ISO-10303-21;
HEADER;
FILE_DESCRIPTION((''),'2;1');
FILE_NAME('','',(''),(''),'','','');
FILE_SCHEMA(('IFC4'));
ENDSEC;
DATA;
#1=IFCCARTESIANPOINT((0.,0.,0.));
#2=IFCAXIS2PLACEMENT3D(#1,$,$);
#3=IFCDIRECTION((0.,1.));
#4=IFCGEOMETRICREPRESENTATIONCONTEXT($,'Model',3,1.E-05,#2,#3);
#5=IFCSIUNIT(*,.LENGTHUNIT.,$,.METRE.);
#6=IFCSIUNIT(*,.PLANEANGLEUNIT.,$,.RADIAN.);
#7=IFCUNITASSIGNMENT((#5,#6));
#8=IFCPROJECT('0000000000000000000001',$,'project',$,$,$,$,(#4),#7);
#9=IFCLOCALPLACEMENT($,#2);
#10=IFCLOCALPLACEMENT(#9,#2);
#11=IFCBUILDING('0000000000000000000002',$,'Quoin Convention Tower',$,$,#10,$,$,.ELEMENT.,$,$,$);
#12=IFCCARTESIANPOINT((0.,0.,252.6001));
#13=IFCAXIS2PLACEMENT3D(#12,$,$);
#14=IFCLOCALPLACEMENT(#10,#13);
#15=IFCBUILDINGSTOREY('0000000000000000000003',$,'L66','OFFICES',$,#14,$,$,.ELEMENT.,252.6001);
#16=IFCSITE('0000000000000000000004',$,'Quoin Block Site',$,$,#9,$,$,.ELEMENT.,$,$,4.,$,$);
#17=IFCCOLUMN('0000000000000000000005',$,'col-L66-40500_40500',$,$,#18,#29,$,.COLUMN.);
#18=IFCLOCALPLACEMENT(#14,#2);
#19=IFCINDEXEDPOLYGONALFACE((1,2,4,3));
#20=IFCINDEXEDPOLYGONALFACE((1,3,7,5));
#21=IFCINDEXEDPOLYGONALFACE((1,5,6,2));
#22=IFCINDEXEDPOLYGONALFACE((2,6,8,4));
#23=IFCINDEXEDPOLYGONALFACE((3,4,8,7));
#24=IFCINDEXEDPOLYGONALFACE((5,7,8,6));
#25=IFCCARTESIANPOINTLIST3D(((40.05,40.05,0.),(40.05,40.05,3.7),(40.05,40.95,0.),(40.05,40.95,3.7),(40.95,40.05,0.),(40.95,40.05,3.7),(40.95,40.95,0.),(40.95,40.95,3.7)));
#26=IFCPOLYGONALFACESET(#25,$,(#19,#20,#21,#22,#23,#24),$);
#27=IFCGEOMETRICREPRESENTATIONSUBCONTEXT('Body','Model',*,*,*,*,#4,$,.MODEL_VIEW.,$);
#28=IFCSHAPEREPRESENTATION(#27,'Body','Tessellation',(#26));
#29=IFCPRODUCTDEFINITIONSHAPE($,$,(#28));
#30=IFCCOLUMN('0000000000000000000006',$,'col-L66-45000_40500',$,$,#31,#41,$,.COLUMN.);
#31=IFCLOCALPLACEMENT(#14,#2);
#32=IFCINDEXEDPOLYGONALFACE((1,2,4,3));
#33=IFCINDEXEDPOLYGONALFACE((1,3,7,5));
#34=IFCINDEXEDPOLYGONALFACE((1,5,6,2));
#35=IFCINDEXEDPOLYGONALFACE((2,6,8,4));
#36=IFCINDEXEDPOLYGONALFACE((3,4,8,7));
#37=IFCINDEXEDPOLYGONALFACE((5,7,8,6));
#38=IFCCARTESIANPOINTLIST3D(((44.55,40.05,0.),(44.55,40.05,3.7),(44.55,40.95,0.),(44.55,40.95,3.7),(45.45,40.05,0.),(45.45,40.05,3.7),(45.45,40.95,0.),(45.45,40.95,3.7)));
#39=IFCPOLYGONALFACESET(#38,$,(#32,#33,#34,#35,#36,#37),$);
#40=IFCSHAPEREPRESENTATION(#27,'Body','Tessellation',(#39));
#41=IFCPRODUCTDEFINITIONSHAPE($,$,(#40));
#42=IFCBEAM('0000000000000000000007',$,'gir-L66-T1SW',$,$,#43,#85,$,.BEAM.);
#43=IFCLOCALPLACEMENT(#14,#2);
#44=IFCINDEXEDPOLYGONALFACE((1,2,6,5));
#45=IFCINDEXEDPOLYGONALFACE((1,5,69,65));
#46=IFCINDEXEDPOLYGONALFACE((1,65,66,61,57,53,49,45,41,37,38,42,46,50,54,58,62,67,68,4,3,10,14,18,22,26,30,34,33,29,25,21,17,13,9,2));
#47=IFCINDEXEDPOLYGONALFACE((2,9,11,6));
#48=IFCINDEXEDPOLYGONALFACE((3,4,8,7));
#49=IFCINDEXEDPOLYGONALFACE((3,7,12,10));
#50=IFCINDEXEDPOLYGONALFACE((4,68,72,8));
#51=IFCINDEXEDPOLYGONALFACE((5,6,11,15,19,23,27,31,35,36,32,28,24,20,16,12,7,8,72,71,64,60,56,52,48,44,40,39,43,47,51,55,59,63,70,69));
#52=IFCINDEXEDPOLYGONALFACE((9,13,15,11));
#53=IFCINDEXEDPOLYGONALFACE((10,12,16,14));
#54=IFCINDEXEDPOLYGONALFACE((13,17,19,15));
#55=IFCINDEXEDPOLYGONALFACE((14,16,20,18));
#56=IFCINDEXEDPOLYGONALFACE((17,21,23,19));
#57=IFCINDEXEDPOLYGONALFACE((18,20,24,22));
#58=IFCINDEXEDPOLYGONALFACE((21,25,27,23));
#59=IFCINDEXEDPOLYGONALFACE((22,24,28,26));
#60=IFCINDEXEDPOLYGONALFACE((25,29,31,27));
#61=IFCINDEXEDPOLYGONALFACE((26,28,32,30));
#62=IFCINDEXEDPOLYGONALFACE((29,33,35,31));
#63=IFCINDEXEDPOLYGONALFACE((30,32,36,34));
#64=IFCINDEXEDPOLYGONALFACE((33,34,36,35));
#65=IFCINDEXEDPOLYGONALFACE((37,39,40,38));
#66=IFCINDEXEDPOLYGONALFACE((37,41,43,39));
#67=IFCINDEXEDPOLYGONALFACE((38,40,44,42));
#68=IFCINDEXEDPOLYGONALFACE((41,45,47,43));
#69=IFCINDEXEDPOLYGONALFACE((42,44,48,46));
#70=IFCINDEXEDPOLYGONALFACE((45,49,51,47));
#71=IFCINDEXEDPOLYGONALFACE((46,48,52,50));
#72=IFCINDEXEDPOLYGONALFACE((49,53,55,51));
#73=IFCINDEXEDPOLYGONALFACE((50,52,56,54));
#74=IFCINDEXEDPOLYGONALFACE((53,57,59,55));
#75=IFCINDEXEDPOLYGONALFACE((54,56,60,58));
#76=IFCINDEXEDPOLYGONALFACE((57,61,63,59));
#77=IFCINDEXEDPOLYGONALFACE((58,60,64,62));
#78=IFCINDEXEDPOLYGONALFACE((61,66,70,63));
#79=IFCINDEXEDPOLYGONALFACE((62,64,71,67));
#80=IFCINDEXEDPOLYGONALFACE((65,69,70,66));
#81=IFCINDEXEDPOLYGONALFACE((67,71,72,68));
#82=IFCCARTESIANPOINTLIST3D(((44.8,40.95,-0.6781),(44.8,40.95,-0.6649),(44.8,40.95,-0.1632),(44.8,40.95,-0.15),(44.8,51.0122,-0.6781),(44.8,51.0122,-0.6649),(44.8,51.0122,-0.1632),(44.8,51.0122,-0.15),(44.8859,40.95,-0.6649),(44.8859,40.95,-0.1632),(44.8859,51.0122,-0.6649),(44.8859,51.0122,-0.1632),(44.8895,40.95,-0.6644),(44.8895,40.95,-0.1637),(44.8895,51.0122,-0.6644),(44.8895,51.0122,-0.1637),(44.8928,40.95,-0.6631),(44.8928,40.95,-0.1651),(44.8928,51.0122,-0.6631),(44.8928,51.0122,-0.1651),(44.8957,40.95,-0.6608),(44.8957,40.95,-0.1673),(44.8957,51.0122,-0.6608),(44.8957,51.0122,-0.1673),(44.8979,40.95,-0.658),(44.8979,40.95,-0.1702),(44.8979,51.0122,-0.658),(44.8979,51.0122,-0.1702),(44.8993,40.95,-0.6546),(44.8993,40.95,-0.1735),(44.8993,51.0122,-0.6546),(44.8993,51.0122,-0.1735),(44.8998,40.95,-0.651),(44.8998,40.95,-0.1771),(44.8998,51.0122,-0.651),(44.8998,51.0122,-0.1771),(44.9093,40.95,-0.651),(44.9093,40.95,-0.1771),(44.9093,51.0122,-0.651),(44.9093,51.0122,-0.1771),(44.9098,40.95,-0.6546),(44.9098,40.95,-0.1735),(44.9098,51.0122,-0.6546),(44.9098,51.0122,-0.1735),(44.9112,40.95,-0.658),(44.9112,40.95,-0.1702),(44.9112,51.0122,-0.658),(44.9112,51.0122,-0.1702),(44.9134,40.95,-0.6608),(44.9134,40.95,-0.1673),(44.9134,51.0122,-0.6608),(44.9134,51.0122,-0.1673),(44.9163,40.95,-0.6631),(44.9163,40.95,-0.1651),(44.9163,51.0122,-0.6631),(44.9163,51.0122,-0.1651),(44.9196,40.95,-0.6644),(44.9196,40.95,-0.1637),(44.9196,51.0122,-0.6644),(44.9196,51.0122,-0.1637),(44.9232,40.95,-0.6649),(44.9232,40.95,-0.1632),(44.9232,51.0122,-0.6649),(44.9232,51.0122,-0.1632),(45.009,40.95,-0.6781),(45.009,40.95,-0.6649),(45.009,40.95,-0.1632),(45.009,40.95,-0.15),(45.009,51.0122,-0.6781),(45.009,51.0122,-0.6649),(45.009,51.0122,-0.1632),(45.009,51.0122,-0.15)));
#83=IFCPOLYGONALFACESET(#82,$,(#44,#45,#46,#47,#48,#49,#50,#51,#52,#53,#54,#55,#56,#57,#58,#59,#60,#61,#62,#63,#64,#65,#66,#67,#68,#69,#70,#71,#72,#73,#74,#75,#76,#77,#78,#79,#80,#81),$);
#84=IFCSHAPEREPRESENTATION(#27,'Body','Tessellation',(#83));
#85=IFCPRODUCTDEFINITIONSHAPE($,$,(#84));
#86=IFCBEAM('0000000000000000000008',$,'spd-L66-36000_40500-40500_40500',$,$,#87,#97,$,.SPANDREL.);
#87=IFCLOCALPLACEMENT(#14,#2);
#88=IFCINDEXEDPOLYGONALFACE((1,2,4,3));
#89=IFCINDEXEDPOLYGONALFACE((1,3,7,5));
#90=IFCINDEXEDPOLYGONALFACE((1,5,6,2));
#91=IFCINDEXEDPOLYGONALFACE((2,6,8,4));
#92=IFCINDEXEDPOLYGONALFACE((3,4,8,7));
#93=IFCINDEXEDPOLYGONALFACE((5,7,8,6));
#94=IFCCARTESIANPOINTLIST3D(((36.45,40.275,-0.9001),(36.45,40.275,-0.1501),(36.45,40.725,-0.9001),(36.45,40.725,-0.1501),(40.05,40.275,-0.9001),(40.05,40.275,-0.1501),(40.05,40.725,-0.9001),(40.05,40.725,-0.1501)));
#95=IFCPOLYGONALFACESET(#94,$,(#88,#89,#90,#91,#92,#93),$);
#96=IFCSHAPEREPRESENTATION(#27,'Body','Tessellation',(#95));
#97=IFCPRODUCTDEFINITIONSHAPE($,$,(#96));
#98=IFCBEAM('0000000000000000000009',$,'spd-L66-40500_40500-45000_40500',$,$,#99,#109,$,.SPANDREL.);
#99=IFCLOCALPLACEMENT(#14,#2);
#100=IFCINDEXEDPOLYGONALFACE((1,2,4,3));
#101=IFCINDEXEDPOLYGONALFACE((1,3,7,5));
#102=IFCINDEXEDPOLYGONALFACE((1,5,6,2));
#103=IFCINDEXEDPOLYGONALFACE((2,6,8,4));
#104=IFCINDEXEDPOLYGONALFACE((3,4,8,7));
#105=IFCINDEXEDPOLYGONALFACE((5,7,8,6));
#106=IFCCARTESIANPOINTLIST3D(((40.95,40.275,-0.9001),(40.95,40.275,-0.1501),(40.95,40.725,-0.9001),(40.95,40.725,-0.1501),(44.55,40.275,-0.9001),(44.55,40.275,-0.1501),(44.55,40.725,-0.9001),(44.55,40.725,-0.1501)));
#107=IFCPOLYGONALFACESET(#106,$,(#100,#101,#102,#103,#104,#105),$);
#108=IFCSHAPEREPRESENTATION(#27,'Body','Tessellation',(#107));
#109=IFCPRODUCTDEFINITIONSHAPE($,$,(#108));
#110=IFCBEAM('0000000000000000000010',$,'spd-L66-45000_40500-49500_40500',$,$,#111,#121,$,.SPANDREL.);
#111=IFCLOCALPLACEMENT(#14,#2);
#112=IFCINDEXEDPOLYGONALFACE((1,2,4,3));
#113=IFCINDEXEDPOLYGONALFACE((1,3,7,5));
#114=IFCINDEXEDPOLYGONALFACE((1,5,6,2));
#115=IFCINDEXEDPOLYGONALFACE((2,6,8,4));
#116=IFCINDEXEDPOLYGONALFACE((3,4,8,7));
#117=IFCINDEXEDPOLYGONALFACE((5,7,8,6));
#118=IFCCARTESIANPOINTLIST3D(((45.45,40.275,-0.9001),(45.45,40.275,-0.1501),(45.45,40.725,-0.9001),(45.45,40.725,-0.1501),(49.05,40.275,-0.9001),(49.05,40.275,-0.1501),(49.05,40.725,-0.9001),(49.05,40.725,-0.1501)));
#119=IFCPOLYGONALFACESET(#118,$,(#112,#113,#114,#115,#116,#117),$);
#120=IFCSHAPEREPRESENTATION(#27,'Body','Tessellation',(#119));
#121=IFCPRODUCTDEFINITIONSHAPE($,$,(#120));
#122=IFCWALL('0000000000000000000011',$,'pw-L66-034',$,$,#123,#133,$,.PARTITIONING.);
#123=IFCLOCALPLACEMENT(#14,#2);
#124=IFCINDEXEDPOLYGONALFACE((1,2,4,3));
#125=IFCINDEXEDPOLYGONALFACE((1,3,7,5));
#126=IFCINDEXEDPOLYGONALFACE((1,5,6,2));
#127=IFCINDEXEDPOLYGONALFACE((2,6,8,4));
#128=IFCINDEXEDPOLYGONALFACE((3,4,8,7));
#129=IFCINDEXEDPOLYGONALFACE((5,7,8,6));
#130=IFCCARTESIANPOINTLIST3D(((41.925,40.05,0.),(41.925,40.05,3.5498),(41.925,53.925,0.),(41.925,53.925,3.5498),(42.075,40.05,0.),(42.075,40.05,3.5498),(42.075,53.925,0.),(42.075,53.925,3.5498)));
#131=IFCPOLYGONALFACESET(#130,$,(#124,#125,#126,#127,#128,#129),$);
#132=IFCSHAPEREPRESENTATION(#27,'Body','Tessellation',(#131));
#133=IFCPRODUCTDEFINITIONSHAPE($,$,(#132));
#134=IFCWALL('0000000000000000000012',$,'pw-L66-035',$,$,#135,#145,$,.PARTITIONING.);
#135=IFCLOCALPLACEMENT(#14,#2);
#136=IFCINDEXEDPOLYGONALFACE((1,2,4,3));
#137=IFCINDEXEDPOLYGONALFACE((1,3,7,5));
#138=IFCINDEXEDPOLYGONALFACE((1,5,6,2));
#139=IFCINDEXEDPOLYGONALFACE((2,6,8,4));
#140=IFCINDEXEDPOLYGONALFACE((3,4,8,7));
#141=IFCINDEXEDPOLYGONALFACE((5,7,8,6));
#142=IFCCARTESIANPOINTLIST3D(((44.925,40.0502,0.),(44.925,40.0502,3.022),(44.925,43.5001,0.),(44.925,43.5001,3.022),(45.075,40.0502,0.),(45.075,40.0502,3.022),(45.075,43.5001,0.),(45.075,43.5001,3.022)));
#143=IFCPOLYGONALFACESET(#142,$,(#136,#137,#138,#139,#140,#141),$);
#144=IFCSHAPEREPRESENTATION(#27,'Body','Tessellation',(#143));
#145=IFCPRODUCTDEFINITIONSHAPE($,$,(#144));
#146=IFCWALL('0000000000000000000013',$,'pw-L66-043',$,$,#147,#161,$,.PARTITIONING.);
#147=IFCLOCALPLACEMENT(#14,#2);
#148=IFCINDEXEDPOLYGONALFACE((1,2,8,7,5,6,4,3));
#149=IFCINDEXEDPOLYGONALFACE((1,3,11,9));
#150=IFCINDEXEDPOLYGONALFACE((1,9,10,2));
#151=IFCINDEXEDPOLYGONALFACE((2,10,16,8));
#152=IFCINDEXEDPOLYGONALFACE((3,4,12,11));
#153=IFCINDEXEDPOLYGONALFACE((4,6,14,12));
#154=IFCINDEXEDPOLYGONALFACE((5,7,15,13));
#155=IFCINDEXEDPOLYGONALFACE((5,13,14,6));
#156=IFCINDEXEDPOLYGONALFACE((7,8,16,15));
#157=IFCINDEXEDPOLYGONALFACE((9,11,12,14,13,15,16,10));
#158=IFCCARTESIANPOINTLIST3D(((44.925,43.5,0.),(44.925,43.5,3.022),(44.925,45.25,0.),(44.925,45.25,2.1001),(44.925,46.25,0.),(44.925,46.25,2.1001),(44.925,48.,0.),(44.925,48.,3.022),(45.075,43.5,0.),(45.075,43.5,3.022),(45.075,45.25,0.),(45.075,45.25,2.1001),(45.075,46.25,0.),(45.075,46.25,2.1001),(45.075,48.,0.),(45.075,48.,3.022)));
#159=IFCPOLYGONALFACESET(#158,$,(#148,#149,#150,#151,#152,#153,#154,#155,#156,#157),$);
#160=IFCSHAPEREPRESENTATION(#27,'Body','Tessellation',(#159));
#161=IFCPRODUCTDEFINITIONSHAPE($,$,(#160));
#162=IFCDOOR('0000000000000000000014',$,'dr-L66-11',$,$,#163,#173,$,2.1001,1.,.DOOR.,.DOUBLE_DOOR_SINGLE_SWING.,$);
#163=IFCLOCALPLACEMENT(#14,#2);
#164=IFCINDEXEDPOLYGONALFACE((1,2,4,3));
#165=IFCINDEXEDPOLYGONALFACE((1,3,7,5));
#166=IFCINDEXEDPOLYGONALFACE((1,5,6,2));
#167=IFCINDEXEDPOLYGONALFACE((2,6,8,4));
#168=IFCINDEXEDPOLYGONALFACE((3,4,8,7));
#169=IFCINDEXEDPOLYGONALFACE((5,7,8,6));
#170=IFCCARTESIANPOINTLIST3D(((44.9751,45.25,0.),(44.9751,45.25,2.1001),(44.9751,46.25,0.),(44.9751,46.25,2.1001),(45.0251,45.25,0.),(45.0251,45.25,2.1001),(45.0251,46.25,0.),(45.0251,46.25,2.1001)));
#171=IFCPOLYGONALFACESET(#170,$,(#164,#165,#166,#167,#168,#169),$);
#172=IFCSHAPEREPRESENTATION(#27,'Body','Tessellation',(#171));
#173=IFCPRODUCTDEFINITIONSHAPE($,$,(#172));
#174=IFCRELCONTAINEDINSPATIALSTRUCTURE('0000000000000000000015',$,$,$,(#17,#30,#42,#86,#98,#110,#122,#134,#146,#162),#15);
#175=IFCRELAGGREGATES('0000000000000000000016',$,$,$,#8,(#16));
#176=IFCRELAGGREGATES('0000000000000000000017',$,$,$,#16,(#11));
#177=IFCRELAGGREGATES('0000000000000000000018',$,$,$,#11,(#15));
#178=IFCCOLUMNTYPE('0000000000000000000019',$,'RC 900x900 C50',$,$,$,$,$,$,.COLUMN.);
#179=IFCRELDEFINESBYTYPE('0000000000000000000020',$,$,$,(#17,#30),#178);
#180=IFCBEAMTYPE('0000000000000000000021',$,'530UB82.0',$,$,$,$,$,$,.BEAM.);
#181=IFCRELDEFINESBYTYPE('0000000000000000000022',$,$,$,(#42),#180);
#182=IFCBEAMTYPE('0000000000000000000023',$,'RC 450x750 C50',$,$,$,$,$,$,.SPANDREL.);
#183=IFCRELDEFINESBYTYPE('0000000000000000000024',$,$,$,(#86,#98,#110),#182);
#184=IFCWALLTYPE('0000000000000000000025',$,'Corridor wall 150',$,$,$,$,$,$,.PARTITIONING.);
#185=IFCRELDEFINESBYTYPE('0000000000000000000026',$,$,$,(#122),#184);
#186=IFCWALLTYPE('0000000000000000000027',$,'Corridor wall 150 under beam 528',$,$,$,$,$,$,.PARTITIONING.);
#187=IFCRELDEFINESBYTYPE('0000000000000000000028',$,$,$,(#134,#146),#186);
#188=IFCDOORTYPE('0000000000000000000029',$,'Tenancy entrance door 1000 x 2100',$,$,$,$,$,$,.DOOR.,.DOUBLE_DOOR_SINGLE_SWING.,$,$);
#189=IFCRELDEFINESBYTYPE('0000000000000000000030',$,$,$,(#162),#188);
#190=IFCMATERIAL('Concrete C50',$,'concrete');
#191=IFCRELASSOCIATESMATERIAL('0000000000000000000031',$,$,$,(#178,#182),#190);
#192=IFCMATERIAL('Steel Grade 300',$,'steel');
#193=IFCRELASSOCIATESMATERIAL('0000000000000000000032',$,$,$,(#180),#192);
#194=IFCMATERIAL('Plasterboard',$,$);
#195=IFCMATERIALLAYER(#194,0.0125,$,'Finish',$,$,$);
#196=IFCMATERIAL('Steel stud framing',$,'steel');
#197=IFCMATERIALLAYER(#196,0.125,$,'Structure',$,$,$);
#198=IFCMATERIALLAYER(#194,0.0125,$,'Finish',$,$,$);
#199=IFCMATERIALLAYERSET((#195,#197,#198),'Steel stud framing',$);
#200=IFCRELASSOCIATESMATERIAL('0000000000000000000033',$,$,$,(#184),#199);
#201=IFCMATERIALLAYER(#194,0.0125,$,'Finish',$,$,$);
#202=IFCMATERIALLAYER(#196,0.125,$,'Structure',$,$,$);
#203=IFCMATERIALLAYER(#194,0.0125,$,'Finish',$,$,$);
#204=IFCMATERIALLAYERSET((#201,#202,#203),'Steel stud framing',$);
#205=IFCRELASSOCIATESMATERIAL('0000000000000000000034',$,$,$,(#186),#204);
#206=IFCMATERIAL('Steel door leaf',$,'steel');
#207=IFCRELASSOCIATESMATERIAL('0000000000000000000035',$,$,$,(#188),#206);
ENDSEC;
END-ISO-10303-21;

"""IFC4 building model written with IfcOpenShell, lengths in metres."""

from ifc_helpers import new_model, si_unit, direction, frame, frame_2d, origin, origin_2d, place, context, subcontext, project, spatial, rectangle, i_section, extrude, material, layer, layer_set, material_profile, profile_set, type_object, element, fill, save


model = new_model("IFC4")

# Units and contexts
model_context = context("Model", 3, precision=1e-05, world=origin(), true_north=direction((0.0, 1.0)))
body_context = subcontext(model_context, "Body", "Model", "MODEL_VIEW")
ifc_project = project(units=[si_unit("LENGTHUNIT", "METRE"), si_unit("PLANEANGLEUNIT", "RADIAN")], contexts=[model_context])

# Site, building, storey
site_placement = place(None, origin())
site = spatial("IfcSite", under=ifc_project, at=site_placement, Name="Quoin Block Site", CompositionType="ELEMENT", RefElevation=4.0)
building_placement = place(site_placement, origin())
building = spatial("IfcBuilding", under=site, at=building_placement, Name="Quoin Convention Tower", CompositionType="ELEMENT")
storey_placement = place(building_placement, frame((0.0, 0.0, 252.6001)))
storey = spatial("IfcBuildingStorey", under=building, at=storey_placement, Name="L66", Description="OFFICES", CompositionType="ELEMENT", Elevation=252.6001)

# Columns
ifc_material_1 = material(Name="Concrete C50", Category="concrete")
ifc_material_profile_1 = material_profile(ifc_material_1, rectangle(XDim=0.8999, YDim=0.8999, at=origin_2d()), Name="RC 900x900")
ifc_profile_set_1 = profile_set([ifc_material_profile_1], Name="Concrete C50")
column_type = type_object("IfcColumnType", Name="RC 900x900 C50", PredefinedType="COLUMN", material=ifc_profile_set_1)
for number, where, z_axis, x_axis, name in (
    (1, (40.5, 40.5, 0.0), (0.0, 0.0, 1.0), (1.0, 0.0, 0.0), "col-L66-40500_40500"),
    (2, (45.0, 40.5, 0.0), (0.0, 0.0, 1.0), (1.0, 0.0, 0.0), "col-L66-45000_40500"),
):
    element("IfcColumn", number, at=place(storey_placement, frame(where, z_axis=z_axis, x_axis=x_axis)), inside=storey, type_object=column_type, Name=name, PredefinedType="COLUMN", context=body_context, shape_type="SweptSolid", body=[
        extrude(rectangle(XDim=0.8999, YDim=0.8999, at=origin_2d()), origin(), (0.0, 0.0, 1.0), 3.7),
    ])

# Beams
ifc_material_2 = material(Name="Steel Grade 300", Category="steel")
ifc_material_profile_2 = material_profile(ifc_material_2, i_section(OverallWidth=0.209, OverallDepth=0.5281, WebThickness=0.0095, FlangeThickness=0.0132, FilletRadius=0.0139, at=origin_2d()), Name="530UB82.0")
ifc_profile_set_2 = profile_set([ifc_material_profile_2], Name="Steel Grade 300")
beam_type_1 = type_object("IfcBeamType", Name="530UB82.0", PredefinedType="BEAM", material=ifc_profile_set_2)
beam_placement = place(storey_placement, frame((44.9045, 40.95, -0.4141), z_axis=(0.0, 1.0, 0.0), x_axis=(-1.0, 0.0, 0.0)))
element("IfcBeam", 3, at=beam_placement, inside=storey, type_object=beam_type_1, Name="gir-L66-T1SW", PredefinedType="BEAM", context=body_context, shape_type="SweptSolid", body=[
    extrude(i_section(OverallWidth=0.209, OverallDepth=0.5281, WebThickness=0.0095, FlangeThickness=0.0132, FilletRadius=0.0139, at=origin_2d()), origin(), (0.0, 0.0, 1.0), 10.0623),
])
ifc_material_profile_3 = material_profile(ifc_material_1, rectangle(XDim=0.45, YDim=0.75, at=origin_2d()), Name="RC 450x750")
ifc_profile_set_3 = profile_set([ifc_material_profile_3], Name="Concrete C50")
beam_type_2 = type_object("IfcBeamType", Name="RC 450x750 C50", PredefinedType="SPANDREL", material=ifc_profile_set_3)
for number, where, z_axis, x_axis, name in (
    (4, (36.45, 40.5, -0.5251), (1.0, 0.0, 0.0), (0.0, 1.0, 0.0), "spd-L66-36000_40500-40500_40500"),
    (5, (40.95, 40.5, -0.5251), (1.0, 0.0, 0.0), (0.0, 1.0, 0.0), "spd-L66-40500_40500-45000_40500"),
    (6, (45.45, 40.5, -0.5251), (1.0, 0.0, 0.0), (0.0, 1.0, 0.0), "spd-L66-45000_40500-49500_40500"),
):
    element("IfcBeam", number, at=place(storey_placement, frame(where, z_axis=z_axis, x_axis=x_axis)), inside=storey, type_object=beam_type_2, Name=name, PredefinedType="SPANDREL", context=body_context, shape_type="SweptSolid", body=[
        extrude(rectangle(XDim=0.45, YDim=0.75, at=origin_2d()), origin(), (0.0, 0.0, 1.0), 3.6001),
    ])

# Walls
ifc_material_3 = material(Name="Plasterboard")
ifc_layer_1 = layer(ifc_material_3, 0.0125, Name="Finish")
ifc_material_4 = material(Name="Steel stud framing", Category="steel")
ifc_layer_2 = layer(ifc_material_4, 0.125, Name="Structure")
ifc_layer_3 = layer(ifc_material_3, 0.0125, Name="Finish")
ifc_layer_set_1 = layer_set([ifc_layer_1, ifc_layer_2, ifc_layer_3], Name="Steel stud framing")
wall_type_1 = type_object("IfcWallType", Name="Corridor wall 150", PredefinedType="PARTITIONING", material=ifc_layer_set_1)
wall_1_placement = place(storey_placement, frame((42.0, 40.05, 0.0), z_axis=(0.0, 0.0, 1.0), x_axis=(0.0, 1.0, 0.0)))
element("IfcWall", 7, at=wall_1_placement, inside=storey, type_object=wall_type_1, Name="pw-L66-034", PredefinedType="PARTITIONING", context=body_context, shape_type="SweptSolid", body=[
    extrude(rectangle(XDim=13.875, YDim=0.1499, at=frame_2d((6.9375, 0.0))), origin(), (0.0, 0.0, 1.0), 3.5498),
])
ifc_layer_4 = layer(ifc_material_3, 0.0125, Name="Finish")
ifc_layer_5 = layer(ifc_material_4, 0.125, Name="Structure")
ifc_layer_6 = layer(ifc_material_3, 0.0125, Name="Finish")
ifc_layer_set_2 = layer_set([ifc_layer_4, ifc_layer_5, ifc_layer_6], Name="Steel stud framing")
wall_type_2 = type_object("IfcWallType", Name="Corridor wall 150 under beam 528", PredefinedType="PARTITIONING", material=ifc_layer_set_2)
wall_2_placement = place(storey_placement, frame((45.0, 40.05, 0.0), z_axis=(0.0, 0.0, 1.0), x_axis=(0.0, 1.0, 0.0)))
element("IfcWall", 8, at=wall_2_placement, inside=storey, type_object=wall_type_2, Name="pw-L66-035", PredefinedType="PARTITIONING", context=body_context, shape_type="SweptSolid", body=[
    extrude(rectangle(XDim=3.45, YDim=0.1499, at=frame_2d((1.7251, 0.0))), origin(), (0.0, 0.0, 1.0), 3.022),
])

# Wall, opening, door
wall_3_placement = place(storey_placement, frame((45.0, 43.5, 0.0), z_axis=(0.0, 0.0, 1.0), x_axis=(0.0, 1.0, 0.0)))
wall_3 = element("IfcWall", 9, at=wall_3_placement, inside=storey, type_object=wall_type_2, Name="pw-L66-043", PredefinedType="PARTITIONING", context=body_context, shape_type="SweptSolid", body=[
    extrude(rectangle(XDim=4.5, YDim=0.1499, at=frame_2d((2.25, 0.0))), origin(), (0.0, 0.0, 1.0), 3.022),
])
opening_placement = place(wall_3_placement, frame((1.75, 0.0, 0.0)))
opening = element("IfcOpeningElement", 10, at=opening_placement, cuts=wall_3, PredefinedType="OPENING", context=body_context, shape_type="SweptSolid", body=[
    extrude(rectangle(XDim=1.0, YDim=2.1001, at=frame_2d((0.5, 1.05))), frame((0.0, 0.085, 0.0), z_axis=(0.0, -1.0, 0.0), x_axis=(1.0, 0.0, 0.0)), (0.0, 0.0, 1.0), 0.1699),
])
ifc_material_5 = material(Name="Steel door leaf", Category="steel")
door_type = type_object("IfcDoorType", Name="Tenancy entrance door 1000 x 2100", OperationType="DOUBLE_DOOR_SINGLE_SWING", PredefinedType="DOOR", material=ifc_material_5)
door_placement = place(opening_placement, origin())
door = element("IfcDoor", 11, at=door_placement, inside=storey, type_object=door_type, Name="dr-L66-11", OperationType="DOUBLE_DOOR_SINGLE_SWING", OverallHeight=2.1001, OverallWidth=1.0, PredefinedType="DOOR", context=body_context, shape_type="SweptSolid", body=[
    extrude(rectangle(XDim=1.0, YDim=2.1001, at=frame_2d((0.5, 1.05))), frame((0.0, 0.0249, 0.0), z_axis=(0.0, -1.0, 0.0), x_axis=(1.0, 0.0, 0.0)), (0.0, 0.0, 1.0), 0.05),
])
fill(opening, door)

save(model, "model.ifc")
